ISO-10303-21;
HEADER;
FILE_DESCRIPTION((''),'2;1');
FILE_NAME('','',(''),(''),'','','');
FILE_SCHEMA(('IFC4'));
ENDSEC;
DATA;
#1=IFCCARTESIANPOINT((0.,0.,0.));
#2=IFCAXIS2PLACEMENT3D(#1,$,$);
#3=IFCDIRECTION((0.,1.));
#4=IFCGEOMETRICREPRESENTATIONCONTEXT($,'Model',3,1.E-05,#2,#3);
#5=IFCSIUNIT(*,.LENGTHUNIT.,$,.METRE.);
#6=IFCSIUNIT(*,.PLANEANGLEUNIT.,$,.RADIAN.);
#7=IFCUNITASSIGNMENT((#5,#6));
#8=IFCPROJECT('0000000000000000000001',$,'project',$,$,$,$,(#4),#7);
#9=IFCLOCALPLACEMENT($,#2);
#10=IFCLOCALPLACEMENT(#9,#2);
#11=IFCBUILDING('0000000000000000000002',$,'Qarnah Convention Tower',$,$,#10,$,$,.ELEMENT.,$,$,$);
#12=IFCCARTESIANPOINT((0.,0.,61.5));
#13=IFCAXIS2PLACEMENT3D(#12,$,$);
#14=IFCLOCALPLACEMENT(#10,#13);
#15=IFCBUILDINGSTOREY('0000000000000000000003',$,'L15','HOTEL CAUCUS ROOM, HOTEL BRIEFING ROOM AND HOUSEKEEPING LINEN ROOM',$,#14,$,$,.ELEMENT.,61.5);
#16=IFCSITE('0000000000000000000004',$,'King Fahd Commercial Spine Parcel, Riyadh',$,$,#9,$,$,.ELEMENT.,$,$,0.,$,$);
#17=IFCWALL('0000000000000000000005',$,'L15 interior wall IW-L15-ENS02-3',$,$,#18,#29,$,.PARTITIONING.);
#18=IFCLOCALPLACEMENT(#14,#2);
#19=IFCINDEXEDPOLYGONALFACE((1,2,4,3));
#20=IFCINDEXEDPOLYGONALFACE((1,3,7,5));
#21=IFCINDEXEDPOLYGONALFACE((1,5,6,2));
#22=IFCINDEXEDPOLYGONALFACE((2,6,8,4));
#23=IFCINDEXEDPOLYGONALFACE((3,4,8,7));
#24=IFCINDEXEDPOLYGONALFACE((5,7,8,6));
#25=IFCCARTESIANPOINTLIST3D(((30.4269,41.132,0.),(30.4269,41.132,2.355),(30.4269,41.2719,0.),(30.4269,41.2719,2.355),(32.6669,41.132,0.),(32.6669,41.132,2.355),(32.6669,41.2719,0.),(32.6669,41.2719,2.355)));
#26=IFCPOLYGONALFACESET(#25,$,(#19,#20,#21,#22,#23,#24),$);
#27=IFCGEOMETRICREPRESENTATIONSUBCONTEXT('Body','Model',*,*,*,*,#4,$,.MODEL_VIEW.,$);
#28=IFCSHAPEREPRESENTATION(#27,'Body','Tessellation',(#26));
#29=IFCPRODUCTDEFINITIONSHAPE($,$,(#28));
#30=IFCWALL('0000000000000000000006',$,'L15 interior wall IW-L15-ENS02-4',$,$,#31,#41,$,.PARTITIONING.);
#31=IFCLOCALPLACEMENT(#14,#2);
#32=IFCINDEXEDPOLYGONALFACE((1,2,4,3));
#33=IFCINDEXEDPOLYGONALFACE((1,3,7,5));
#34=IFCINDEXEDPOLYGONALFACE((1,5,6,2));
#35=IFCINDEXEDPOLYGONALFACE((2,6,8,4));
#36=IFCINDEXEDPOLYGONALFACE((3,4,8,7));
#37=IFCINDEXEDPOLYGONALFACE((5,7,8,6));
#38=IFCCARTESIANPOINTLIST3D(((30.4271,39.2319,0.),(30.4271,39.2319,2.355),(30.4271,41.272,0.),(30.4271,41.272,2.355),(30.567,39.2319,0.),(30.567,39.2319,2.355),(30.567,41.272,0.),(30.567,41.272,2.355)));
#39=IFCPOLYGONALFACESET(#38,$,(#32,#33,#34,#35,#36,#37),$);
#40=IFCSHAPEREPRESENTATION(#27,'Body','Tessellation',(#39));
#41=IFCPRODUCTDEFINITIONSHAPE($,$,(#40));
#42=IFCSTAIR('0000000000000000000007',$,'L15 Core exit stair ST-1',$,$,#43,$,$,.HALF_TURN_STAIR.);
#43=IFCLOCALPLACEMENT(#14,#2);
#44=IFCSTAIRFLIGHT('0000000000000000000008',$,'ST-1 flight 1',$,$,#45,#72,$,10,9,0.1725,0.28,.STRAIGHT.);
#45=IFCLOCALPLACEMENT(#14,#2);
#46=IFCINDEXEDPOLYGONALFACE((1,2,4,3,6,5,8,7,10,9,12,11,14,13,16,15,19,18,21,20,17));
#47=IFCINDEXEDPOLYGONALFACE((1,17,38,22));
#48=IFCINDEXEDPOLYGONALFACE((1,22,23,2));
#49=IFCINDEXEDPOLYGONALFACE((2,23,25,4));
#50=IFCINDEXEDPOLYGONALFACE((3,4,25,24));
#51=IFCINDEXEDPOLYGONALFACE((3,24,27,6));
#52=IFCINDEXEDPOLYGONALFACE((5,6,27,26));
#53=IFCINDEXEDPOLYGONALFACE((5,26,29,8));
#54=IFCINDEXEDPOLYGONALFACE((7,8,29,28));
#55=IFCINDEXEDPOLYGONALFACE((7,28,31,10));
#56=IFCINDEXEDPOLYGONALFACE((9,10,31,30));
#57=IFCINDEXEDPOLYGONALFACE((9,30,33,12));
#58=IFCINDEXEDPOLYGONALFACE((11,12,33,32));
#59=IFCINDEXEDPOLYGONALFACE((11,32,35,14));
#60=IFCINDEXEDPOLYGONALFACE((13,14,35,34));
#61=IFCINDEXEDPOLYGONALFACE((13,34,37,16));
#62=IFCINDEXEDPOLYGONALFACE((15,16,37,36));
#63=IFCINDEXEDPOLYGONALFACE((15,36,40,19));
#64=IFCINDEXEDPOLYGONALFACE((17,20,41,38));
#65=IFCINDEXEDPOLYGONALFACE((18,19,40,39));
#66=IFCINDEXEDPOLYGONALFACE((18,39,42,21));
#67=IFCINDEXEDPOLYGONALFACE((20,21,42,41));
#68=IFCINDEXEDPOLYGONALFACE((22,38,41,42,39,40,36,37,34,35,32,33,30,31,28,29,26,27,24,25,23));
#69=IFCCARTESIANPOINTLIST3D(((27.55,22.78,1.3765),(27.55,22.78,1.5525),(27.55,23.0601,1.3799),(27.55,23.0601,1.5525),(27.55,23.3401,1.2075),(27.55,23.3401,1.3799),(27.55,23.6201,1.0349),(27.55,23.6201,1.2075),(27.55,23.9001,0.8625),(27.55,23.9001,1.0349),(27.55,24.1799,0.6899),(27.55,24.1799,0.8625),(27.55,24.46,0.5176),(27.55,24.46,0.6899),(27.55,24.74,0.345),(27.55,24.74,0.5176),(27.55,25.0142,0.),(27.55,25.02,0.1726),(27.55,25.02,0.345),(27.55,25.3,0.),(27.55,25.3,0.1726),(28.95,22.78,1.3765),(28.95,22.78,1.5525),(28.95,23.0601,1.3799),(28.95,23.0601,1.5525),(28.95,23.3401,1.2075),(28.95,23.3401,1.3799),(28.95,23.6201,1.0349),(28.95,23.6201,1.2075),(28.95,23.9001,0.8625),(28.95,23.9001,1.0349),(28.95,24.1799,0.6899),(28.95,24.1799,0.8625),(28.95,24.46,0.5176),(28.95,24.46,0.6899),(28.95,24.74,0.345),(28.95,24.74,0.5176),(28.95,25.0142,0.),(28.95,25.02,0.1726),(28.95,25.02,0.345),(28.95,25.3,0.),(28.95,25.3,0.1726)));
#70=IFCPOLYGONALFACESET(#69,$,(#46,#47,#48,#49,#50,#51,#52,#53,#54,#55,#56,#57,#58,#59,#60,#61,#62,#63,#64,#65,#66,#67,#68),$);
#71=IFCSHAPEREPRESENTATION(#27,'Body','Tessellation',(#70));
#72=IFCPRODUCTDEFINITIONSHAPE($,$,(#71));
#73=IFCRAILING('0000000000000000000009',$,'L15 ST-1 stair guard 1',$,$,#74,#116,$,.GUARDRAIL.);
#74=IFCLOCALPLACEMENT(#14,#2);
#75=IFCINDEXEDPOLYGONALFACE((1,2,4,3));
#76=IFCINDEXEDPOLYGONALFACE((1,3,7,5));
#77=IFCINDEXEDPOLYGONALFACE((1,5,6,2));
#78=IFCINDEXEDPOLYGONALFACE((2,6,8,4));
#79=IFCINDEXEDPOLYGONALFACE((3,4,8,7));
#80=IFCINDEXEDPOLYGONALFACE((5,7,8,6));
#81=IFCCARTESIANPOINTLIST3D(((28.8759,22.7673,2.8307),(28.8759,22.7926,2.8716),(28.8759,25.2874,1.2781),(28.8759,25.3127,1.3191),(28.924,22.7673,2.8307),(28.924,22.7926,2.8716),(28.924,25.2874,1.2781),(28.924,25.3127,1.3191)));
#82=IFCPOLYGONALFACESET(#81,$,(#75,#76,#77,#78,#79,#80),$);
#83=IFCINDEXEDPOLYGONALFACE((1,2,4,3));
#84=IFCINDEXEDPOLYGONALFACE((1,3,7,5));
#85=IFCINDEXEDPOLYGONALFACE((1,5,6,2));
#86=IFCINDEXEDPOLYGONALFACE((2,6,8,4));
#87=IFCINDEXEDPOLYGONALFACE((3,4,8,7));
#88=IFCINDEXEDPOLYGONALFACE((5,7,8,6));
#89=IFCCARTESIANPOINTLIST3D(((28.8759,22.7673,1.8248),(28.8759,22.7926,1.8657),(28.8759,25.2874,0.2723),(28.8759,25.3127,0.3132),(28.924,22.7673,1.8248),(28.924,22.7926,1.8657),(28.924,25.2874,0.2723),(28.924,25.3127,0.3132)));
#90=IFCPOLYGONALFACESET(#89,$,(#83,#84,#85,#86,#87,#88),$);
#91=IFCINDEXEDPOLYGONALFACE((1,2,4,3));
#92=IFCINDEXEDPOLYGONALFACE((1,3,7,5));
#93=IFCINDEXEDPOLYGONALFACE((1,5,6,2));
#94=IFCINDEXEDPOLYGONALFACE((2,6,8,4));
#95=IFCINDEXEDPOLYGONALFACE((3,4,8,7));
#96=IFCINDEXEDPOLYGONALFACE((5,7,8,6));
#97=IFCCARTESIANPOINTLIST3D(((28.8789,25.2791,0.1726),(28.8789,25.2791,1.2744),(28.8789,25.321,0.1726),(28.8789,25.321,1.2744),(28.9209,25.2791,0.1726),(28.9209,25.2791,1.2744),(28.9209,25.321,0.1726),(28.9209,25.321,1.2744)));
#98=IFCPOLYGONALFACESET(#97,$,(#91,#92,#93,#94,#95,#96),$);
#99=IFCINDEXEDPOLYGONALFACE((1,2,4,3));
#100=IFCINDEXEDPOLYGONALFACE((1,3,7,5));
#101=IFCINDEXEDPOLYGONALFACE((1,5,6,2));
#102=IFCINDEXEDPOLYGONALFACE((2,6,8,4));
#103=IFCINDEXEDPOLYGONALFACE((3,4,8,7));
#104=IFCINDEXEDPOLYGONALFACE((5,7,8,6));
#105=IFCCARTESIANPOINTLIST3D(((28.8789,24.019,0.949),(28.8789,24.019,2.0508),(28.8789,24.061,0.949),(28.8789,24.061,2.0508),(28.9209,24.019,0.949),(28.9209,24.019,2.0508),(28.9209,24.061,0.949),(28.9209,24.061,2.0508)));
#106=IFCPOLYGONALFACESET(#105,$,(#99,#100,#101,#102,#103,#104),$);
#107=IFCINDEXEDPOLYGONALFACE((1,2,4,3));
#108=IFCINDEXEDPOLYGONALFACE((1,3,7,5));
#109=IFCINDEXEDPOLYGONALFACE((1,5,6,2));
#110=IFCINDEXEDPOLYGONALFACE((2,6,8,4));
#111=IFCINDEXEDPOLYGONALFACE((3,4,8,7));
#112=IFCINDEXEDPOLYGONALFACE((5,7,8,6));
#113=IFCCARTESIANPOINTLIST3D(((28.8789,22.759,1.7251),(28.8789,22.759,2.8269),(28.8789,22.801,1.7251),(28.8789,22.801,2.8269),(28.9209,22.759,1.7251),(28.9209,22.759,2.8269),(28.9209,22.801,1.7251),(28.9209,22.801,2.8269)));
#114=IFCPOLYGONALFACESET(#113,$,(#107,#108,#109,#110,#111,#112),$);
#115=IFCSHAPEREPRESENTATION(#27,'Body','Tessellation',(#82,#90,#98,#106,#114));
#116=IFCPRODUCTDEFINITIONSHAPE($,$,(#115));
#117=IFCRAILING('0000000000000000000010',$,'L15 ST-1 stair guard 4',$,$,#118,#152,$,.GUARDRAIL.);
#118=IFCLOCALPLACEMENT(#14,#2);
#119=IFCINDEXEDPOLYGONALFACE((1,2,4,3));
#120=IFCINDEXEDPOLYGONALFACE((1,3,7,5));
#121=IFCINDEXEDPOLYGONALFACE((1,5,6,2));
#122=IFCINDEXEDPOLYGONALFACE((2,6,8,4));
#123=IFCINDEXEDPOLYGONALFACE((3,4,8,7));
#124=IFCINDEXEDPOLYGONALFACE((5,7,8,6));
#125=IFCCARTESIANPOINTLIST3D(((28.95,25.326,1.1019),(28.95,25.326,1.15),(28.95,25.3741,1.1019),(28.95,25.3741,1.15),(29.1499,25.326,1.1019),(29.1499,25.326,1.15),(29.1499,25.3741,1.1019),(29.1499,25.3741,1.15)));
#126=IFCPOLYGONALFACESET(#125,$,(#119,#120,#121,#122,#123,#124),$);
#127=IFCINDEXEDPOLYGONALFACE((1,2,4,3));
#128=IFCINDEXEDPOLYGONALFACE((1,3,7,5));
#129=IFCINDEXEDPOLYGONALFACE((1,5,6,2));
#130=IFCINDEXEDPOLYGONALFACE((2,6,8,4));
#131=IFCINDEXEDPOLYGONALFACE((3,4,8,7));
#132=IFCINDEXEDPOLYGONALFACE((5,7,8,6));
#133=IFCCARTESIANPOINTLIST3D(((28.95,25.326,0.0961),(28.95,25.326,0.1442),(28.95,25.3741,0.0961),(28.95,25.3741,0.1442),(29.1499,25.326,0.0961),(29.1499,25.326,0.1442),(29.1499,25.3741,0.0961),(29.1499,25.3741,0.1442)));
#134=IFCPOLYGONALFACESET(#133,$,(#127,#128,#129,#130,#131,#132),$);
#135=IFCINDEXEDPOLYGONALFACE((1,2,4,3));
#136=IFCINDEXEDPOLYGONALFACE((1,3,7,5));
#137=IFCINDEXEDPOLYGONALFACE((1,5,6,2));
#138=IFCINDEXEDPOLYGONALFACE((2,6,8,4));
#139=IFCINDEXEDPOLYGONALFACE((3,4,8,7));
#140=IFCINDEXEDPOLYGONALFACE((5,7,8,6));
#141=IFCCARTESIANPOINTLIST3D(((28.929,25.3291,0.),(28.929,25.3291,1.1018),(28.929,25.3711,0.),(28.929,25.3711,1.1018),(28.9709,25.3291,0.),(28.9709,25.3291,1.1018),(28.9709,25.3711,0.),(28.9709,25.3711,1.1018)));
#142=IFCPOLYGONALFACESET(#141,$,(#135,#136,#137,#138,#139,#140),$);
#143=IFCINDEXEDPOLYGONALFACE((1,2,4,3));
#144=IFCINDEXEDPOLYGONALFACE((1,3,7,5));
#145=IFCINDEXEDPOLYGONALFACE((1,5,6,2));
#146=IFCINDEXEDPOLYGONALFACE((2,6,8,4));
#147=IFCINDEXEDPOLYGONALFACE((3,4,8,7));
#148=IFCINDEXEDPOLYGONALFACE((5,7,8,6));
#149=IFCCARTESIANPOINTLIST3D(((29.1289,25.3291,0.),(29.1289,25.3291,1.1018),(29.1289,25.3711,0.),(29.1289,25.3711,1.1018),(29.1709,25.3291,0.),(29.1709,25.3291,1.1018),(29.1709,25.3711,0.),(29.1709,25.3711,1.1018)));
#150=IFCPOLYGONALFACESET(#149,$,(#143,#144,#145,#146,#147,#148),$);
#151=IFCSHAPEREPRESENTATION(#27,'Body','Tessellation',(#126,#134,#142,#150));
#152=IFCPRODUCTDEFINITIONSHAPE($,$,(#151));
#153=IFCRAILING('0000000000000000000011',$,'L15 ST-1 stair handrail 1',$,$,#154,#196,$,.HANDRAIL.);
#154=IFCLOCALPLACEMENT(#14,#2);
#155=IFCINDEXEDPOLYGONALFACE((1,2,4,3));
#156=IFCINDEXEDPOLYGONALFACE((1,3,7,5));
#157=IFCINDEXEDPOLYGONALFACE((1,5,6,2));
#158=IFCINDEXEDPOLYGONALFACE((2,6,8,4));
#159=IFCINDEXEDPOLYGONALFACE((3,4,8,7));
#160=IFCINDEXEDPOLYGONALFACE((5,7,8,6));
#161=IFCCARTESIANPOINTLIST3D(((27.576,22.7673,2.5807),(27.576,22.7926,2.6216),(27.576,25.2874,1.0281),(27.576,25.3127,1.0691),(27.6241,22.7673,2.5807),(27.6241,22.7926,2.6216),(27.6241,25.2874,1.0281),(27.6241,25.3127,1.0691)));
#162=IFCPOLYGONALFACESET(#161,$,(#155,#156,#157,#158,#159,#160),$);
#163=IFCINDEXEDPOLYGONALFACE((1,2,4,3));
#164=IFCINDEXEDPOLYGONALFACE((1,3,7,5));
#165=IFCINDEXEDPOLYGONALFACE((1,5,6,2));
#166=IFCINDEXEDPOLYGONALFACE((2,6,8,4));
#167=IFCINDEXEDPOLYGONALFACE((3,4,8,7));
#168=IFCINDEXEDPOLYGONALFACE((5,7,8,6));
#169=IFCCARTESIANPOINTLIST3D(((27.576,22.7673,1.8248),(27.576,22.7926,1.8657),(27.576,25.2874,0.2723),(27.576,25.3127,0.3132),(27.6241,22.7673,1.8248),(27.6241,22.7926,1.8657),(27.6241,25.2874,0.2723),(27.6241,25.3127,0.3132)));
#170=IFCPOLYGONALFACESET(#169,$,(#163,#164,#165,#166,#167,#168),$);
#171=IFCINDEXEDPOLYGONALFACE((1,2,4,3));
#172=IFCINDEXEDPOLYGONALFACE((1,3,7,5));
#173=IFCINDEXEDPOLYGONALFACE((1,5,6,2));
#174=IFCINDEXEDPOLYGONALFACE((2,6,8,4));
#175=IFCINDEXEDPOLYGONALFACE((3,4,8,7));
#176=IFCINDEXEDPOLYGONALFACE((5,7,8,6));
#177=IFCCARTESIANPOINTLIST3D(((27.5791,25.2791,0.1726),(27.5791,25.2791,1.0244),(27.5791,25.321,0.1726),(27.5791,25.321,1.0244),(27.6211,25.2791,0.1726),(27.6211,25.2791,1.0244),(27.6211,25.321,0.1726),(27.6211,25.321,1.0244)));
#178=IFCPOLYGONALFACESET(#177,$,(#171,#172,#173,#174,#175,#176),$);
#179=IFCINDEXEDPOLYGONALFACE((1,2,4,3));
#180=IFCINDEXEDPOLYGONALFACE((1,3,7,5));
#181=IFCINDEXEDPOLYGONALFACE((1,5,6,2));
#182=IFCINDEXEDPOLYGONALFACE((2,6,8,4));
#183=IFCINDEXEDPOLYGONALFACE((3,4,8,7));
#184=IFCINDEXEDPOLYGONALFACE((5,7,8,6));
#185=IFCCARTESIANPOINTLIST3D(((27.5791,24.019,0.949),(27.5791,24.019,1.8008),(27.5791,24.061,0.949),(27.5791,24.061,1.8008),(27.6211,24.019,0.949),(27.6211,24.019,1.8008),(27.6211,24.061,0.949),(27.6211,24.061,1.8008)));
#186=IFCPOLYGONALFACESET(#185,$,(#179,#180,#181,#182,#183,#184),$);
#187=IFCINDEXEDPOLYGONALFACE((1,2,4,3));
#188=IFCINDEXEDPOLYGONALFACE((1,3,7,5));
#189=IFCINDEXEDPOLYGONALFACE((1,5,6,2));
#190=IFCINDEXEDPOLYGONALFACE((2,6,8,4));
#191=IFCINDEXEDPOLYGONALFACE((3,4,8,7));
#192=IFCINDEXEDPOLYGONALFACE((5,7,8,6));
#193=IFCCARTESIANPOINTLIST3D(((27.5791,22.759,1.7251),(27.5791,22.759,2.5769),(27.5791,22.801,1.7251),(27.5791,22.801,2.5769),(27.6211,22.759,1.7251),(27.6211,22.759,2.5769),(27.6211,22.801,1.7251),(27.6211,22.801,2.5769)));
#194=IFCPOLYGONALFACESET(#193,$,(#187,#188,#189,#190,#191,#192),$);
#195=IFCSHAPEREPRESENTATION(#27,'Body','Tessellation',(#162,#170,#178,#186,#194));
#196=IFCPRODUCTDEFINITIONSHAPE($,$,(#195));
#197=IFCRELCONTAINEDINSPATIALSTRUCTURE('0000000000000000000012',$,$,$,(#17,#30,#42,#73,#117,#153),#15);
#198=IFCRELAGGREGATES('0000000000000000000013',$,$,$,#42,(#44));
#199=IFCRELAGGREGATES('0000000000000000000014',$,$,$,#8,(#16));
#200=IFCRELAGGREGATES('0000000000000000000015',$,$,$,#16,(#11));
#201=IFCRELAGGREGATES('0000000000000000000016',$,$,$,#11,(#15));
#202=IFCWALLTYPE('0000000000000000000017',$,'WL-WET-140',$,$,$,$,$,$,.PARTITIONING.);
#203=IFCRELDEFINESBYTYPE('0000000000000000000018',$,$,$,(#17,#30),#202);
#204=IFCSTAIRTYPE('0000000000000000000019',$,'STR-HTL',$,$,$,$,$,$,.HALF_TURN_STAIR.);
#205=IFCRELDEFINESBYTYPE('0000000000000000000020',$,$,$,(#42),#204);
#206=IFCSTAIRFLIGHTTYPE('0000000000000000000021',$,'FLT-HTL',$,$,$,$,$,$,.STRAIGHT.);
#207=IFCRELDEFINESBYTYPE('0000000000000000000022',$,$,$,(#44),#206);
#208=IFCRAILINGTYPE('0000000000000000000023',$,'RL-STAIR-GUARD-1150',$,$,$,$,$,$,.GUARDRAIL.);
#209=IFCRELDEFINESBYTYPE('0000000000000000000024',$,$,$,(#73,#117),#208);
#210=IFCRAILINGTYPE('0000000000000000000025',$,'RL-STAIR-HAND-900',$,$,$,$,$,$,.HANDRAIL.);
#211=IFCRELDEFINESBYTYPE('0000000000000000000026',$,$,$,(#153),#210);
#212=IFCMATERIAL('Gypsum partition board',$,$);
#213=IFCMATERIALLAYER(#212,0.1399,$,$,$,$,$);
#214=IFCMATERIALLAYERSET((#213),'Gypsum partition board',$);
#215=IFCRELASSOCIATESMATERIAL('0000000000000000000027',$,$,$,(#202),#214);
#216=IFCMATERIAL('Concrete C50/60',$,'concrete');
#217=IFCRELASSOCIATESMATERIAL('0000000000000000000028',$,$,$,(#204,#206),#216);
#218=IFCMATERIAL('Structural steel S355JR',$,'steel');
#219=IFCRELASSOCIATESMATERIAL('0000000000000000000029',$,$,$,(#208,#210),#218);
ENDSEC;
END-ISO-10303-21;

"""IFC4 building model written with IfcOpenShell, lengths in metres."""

from ifc_helpers import new_model, si_unit, direction, frame, frame_2d, origin, origin_2d, place, context, subcontext, project, spatial, polyline, rectangle, outline, extrude, material, layer, layer_set, type_object, element, aggregate, save


model = new_model("IFC4")

# Units and contexts
model_context = context("Model", 3, precision=1e-05, world=origin(), true_north=direction((0.0, 1.0)))
body_context = subcontext(model_context, "Body", "Model", "MODEL_VIEW")
ifc_project = project(units=[si_unit("LENGTHUNIT", "METRE"), si_unit("PLANEANGLEUNIT", "RADIAN")], contexts=[model_context])

# Site, building, storey
site_placement = place(None, origin())
site = spatial("IfcSite", under=ifc_project, at=site_placement, Name="King Fahd Commercial Spine Parcel, Riyadh", CompositionType="ELEMENT", RefElevation=0.0)
building_placement = place(site_placement, origin())
building = spatial("IfcBuilding", under=site, at=building_placement, Name="Qarnah Convention Tower", CompositionType="ELEMENT")
storey_placement = place(building_placement, frame((0.0, 0.0, 61.5)))
storey = spatial("IfcBuildingStorey", under=building, at=storey_placement, Name="L15", Description="HOTEL CAUCUS ROOM, HOTEL BRIEFING ROOM AND HOUSEKEEPING LINEN ROOM", CompositionType="ELEMENT", Elevation=61.5)

# Shared definitions
ifc_material_1 = material(Name="Structural steel S355JR", Category="steel")

# Shared definitions
ifc_material_2 = material(Name="Gypsum partition board")

# Shared definitions
ifc_layer_1 = layer(ifc_material_2, 0.1399)
ifc_layer_set_1 = layer_set([ifc_layer_1], Name="Gypsum partition board")
wall_type_1 = type_object("IfcWallType", Name="WL-WET-140", PredefinedType="PARTITIONING", material=ifc_layer_set_1)

# Walls
wall_1_placement = place(storey_placement, frame((32.667, 41.2019, 0.0), z_axis=(0.0, 0.0, 1.0), x_axis=(-1.0, 0.0, 0.0)))
element("IfcWall", 1, at=wall_1_placement, inside=storey, type_object=wall_type_1, Name="L15 interior wall IW-L15-ENS02-3", PredefinedType="PARTITIONING", context=body_context, shape_type="SweptSolid", body=[
    extrude(rectangle(XDim=2.24, YDim=0.1399, at=frame_2d((1.1201, 0.0))), origin(), (0.0, 0.0, 1.0), 2.355),
])
wall_2_placement = place(storey_placement, frame((30.4971, 41.272, 0.0), z_axis=(0.0, 0.0, 1.0), x_axis=(0.0, -1.0, 0.0)))
element("IfcWall", 2, at=wall_2_placement, inside=storey, type_object=wall_type_1, Name="L15 interior wall IW-L15-ENS02-4", PredefinedType="PARTITIONING", context=body_context, shape_type="SweptSolid", body=[
    extrude(rectangle(XDim=2.04, YDim=0.1399, at=frame_2d((1.02, 0.0))), origin(), (0.0, 0.0, 1.0), 2.355),
])

# Stair, stair flight
ifc_material_3 = material(Name="Concrete C50/60", Category="concrete")
stair_type = type_object("IfcStairType", Name="STR-HTL", PredefinedType="HALF_TURN_STAIR", material=ifc_material_3)
stair_placement = place(storey_placement, origin())
stair = element("IfcStair", 3, at=stair_placement, inside=storey, type_object=stair_type, Name="L15 Core exit stair ST-1", PredefinedType="HALF_TURN_STAIR")
stair_flight_type = type_object("IfcStairFlightType", Name="FLT-HTL", PredefinedType="STRAIGHT", material=ifc_material_3)
stair_flight_placement = place(storey_placement, frame((28.25, 25.3, 0.0), z_axis=(0.0, 0.0, 1.0), x_axis=(0.0, -1.0, 0.0)))
stair_flight = element("IfcStairFlight", 4, at=stair_flight_placement, type_object=stair_flight_type, Name="ST-1 flight 1", NumberOfRisers=10, NumberOfTreads=9, PredefinedType="STRAIGHT", RiserHeight=0.1725, TreadLength=0.28, context=body_context, shape_type="SweptSolid", body=[
    extrude(outline(polyline([(0.0, 0.0), (0.0, 0.1726), (0.28, 0.1726), (0.28, 0.345), (0.5601, 0.345), (0.5601, 0.5176), (0.8401, 0.5176), (0.8401, 0.6899), (1.1201, 0.6899), (1.1201, 0.8625), (1.3999, 0.8625), (1.3999, 1.0349), (1.6799, 1.0349), (1.6799, 1.2075), (1.96, 1.2075), (1.96, 1.3799), (2.24, 1.3799), (2.24, 1.5525), (2.52, 1.5525), (2.52, 1.7251), (2.52, 1.3765), (0.2859, 0.0), (0.0, 0.0)])), frame((0.0, 0.7, 0.0), z_axis=(0.0, -1.0, 0.0), x_axis=(1.0, 0.0, 0.0)), (0.0, 0.0, 1.0), 1.3999),
])
aggregate(stair, [stair_flight])

# Railings
railing_type_1 = type_object("IfcRailingType", Name="RL-STAIR-GUARD-1150", PredefinedType="GUARDRAIL", material=ifc_material_1)
railing_1_placement = place(storey_placement, frame((28.8999, 25.3, 0.1726)))
element("IfcRailing", 5, at=railing_1_placement, inside=storey, type_object=railing_type_1, Name="L15 ST-1 stair guard 1", PredefinedType="GUARDRAIL", context=body_context, shape_type="SweptSolid", body=[
    extrude(rectangle(XDim=0.0481, YDim=0.0481, at=origin_2d()), frame((0.0, 0.0, 1.126), z_axis=(0.0, -0.8514, 0.524516), x_axis=(1.0, 0.0, 0.0)), (0.0, 0.0, 1.0), 2.96),
    extrude(rectangle(XDim=0.0481, YDim=0.0481, at=origin_2d()), frame((0.0, 0.0, 0.1201), z_axis=(0.0, -0.8514, 0.524516), x_axis=(1.0, 0.0, 0.0)), (0.0, 0.0, 1.0), 2.96),
    extrude(rectangle(XDim=0.042, YDim=0.042, at=origin_2d()), origin(), (0.0, 0.0, 1.0), 1.1018),
    extrude(rectangle(XDim=0.042, YDim=0.042, at=origin_2d()), frame((0.0, -1.26, 0.7764)), (0.0, 0.0, 1.0), 1.1018),
    extrude(rectangle(XDim=0.042, YDim=0.042, at=origin_2d()), frame((0.0, -2.52, 1.5525)), (0.0, 0.0, 1.0), 1.1018),
])
railing_2_placement = place(storey_placement, frame((28.95, 25.3501, 0.0)))
element("IfcRailing", 6, at=railing_2_placement, inside=storey, type_object=railing_type_1, Name="L15 ST-1 stair guard 4", PredefinedType="GUARDRAIL", context=body_context, shape_type="SweptSolid", body=[
    extrude(rectangle(XDim=0.0481, YDim=0.0481, at=origin_2d()), frame((0.0, 0.0, 1.126), z_axis=(1.0, 0.0, 0.0), x_axis=(0.0, 1.0, 0.0)), (0.0, 0.0, 1.0), 0.2),
    extrude(rectangle(XDim=0.0481, YDim=0.0481, at=origin_2d()), frame((0.0, 0.0, 0.1201), z_axis=(1.0, 0.0, 0.0), x_axis=(0.0, 1.0, 0.0)), (0.0, 0.0, 1.0), 0.2),
    extrude(rectangle(XDim=0.042, YDim=0.042, at=origin_2d()), origin(), (0.0, 0.0, 1.0), 1.1018),
    extrude(rectangle(XDim=0.042, YDim=0.042, at=origin_2d()), frame((0.2, 0.0, 0.0)), (0.0, 0.0, 1.0), 1.1018),
])
railing_type_2 = type_object("IfcRailingType", Name="RL-STAIR-HAND-900", PredefinedType="HANDRAIL", material=ifc_material_1)
railing_3_placement = place(storey_placement, frame((27.6001, 25.3, 0.1726)))
element("IfcRailing", 7, at=railing_3_placement, inside=storey, type_object=railing_type_2, Name="L15 ST-1 stair handrail 1", PredefinedType="HANDRAIL", context=body_context, shape_type="SweptSolid", body=[
    extrude(rectangle(XDim=0.0481, YDim=0.0481, at=origin_2d()), frame((0.0, 0.0, 0.876), z_axis=(0.0, -0.8514, 0.524516), x_axis=(1.0, 0.0, 0.0)), (0.0, 0.0, 1.0), 2.96),
    extrude(rectangle(XDim=0.0481, YDim=0.0481, at=origin_2d()), frame((0.0, 0.0, 0.1201), z_axis=(0.0, -0.8514, 0.524516), x_axis=(1.0, 0.0, 0.0)), (0.0, 0.0, 1.0), 2.96),
    extrude(rectangle(XDim=0.042, YDim=0.042, at=origin_2d()), origin(), (0.0, 0.0, 1.0), 0.8518),
    extrude(rectangle(XDim=0.042, YDim=0.042, at=origin_2d()), frame((0.0, -1.26, 0.7764)), (0.0, 0.0, 1.0), 0.8518),
    extrude(rectangle(XDim=0.042, YDim=0.042, at=origin_2d()), frame((0.0, -2.52, 1.5525)), (0.0, 0.0, 1.0), 0.8518),
])

save(model, "model.ifc")
